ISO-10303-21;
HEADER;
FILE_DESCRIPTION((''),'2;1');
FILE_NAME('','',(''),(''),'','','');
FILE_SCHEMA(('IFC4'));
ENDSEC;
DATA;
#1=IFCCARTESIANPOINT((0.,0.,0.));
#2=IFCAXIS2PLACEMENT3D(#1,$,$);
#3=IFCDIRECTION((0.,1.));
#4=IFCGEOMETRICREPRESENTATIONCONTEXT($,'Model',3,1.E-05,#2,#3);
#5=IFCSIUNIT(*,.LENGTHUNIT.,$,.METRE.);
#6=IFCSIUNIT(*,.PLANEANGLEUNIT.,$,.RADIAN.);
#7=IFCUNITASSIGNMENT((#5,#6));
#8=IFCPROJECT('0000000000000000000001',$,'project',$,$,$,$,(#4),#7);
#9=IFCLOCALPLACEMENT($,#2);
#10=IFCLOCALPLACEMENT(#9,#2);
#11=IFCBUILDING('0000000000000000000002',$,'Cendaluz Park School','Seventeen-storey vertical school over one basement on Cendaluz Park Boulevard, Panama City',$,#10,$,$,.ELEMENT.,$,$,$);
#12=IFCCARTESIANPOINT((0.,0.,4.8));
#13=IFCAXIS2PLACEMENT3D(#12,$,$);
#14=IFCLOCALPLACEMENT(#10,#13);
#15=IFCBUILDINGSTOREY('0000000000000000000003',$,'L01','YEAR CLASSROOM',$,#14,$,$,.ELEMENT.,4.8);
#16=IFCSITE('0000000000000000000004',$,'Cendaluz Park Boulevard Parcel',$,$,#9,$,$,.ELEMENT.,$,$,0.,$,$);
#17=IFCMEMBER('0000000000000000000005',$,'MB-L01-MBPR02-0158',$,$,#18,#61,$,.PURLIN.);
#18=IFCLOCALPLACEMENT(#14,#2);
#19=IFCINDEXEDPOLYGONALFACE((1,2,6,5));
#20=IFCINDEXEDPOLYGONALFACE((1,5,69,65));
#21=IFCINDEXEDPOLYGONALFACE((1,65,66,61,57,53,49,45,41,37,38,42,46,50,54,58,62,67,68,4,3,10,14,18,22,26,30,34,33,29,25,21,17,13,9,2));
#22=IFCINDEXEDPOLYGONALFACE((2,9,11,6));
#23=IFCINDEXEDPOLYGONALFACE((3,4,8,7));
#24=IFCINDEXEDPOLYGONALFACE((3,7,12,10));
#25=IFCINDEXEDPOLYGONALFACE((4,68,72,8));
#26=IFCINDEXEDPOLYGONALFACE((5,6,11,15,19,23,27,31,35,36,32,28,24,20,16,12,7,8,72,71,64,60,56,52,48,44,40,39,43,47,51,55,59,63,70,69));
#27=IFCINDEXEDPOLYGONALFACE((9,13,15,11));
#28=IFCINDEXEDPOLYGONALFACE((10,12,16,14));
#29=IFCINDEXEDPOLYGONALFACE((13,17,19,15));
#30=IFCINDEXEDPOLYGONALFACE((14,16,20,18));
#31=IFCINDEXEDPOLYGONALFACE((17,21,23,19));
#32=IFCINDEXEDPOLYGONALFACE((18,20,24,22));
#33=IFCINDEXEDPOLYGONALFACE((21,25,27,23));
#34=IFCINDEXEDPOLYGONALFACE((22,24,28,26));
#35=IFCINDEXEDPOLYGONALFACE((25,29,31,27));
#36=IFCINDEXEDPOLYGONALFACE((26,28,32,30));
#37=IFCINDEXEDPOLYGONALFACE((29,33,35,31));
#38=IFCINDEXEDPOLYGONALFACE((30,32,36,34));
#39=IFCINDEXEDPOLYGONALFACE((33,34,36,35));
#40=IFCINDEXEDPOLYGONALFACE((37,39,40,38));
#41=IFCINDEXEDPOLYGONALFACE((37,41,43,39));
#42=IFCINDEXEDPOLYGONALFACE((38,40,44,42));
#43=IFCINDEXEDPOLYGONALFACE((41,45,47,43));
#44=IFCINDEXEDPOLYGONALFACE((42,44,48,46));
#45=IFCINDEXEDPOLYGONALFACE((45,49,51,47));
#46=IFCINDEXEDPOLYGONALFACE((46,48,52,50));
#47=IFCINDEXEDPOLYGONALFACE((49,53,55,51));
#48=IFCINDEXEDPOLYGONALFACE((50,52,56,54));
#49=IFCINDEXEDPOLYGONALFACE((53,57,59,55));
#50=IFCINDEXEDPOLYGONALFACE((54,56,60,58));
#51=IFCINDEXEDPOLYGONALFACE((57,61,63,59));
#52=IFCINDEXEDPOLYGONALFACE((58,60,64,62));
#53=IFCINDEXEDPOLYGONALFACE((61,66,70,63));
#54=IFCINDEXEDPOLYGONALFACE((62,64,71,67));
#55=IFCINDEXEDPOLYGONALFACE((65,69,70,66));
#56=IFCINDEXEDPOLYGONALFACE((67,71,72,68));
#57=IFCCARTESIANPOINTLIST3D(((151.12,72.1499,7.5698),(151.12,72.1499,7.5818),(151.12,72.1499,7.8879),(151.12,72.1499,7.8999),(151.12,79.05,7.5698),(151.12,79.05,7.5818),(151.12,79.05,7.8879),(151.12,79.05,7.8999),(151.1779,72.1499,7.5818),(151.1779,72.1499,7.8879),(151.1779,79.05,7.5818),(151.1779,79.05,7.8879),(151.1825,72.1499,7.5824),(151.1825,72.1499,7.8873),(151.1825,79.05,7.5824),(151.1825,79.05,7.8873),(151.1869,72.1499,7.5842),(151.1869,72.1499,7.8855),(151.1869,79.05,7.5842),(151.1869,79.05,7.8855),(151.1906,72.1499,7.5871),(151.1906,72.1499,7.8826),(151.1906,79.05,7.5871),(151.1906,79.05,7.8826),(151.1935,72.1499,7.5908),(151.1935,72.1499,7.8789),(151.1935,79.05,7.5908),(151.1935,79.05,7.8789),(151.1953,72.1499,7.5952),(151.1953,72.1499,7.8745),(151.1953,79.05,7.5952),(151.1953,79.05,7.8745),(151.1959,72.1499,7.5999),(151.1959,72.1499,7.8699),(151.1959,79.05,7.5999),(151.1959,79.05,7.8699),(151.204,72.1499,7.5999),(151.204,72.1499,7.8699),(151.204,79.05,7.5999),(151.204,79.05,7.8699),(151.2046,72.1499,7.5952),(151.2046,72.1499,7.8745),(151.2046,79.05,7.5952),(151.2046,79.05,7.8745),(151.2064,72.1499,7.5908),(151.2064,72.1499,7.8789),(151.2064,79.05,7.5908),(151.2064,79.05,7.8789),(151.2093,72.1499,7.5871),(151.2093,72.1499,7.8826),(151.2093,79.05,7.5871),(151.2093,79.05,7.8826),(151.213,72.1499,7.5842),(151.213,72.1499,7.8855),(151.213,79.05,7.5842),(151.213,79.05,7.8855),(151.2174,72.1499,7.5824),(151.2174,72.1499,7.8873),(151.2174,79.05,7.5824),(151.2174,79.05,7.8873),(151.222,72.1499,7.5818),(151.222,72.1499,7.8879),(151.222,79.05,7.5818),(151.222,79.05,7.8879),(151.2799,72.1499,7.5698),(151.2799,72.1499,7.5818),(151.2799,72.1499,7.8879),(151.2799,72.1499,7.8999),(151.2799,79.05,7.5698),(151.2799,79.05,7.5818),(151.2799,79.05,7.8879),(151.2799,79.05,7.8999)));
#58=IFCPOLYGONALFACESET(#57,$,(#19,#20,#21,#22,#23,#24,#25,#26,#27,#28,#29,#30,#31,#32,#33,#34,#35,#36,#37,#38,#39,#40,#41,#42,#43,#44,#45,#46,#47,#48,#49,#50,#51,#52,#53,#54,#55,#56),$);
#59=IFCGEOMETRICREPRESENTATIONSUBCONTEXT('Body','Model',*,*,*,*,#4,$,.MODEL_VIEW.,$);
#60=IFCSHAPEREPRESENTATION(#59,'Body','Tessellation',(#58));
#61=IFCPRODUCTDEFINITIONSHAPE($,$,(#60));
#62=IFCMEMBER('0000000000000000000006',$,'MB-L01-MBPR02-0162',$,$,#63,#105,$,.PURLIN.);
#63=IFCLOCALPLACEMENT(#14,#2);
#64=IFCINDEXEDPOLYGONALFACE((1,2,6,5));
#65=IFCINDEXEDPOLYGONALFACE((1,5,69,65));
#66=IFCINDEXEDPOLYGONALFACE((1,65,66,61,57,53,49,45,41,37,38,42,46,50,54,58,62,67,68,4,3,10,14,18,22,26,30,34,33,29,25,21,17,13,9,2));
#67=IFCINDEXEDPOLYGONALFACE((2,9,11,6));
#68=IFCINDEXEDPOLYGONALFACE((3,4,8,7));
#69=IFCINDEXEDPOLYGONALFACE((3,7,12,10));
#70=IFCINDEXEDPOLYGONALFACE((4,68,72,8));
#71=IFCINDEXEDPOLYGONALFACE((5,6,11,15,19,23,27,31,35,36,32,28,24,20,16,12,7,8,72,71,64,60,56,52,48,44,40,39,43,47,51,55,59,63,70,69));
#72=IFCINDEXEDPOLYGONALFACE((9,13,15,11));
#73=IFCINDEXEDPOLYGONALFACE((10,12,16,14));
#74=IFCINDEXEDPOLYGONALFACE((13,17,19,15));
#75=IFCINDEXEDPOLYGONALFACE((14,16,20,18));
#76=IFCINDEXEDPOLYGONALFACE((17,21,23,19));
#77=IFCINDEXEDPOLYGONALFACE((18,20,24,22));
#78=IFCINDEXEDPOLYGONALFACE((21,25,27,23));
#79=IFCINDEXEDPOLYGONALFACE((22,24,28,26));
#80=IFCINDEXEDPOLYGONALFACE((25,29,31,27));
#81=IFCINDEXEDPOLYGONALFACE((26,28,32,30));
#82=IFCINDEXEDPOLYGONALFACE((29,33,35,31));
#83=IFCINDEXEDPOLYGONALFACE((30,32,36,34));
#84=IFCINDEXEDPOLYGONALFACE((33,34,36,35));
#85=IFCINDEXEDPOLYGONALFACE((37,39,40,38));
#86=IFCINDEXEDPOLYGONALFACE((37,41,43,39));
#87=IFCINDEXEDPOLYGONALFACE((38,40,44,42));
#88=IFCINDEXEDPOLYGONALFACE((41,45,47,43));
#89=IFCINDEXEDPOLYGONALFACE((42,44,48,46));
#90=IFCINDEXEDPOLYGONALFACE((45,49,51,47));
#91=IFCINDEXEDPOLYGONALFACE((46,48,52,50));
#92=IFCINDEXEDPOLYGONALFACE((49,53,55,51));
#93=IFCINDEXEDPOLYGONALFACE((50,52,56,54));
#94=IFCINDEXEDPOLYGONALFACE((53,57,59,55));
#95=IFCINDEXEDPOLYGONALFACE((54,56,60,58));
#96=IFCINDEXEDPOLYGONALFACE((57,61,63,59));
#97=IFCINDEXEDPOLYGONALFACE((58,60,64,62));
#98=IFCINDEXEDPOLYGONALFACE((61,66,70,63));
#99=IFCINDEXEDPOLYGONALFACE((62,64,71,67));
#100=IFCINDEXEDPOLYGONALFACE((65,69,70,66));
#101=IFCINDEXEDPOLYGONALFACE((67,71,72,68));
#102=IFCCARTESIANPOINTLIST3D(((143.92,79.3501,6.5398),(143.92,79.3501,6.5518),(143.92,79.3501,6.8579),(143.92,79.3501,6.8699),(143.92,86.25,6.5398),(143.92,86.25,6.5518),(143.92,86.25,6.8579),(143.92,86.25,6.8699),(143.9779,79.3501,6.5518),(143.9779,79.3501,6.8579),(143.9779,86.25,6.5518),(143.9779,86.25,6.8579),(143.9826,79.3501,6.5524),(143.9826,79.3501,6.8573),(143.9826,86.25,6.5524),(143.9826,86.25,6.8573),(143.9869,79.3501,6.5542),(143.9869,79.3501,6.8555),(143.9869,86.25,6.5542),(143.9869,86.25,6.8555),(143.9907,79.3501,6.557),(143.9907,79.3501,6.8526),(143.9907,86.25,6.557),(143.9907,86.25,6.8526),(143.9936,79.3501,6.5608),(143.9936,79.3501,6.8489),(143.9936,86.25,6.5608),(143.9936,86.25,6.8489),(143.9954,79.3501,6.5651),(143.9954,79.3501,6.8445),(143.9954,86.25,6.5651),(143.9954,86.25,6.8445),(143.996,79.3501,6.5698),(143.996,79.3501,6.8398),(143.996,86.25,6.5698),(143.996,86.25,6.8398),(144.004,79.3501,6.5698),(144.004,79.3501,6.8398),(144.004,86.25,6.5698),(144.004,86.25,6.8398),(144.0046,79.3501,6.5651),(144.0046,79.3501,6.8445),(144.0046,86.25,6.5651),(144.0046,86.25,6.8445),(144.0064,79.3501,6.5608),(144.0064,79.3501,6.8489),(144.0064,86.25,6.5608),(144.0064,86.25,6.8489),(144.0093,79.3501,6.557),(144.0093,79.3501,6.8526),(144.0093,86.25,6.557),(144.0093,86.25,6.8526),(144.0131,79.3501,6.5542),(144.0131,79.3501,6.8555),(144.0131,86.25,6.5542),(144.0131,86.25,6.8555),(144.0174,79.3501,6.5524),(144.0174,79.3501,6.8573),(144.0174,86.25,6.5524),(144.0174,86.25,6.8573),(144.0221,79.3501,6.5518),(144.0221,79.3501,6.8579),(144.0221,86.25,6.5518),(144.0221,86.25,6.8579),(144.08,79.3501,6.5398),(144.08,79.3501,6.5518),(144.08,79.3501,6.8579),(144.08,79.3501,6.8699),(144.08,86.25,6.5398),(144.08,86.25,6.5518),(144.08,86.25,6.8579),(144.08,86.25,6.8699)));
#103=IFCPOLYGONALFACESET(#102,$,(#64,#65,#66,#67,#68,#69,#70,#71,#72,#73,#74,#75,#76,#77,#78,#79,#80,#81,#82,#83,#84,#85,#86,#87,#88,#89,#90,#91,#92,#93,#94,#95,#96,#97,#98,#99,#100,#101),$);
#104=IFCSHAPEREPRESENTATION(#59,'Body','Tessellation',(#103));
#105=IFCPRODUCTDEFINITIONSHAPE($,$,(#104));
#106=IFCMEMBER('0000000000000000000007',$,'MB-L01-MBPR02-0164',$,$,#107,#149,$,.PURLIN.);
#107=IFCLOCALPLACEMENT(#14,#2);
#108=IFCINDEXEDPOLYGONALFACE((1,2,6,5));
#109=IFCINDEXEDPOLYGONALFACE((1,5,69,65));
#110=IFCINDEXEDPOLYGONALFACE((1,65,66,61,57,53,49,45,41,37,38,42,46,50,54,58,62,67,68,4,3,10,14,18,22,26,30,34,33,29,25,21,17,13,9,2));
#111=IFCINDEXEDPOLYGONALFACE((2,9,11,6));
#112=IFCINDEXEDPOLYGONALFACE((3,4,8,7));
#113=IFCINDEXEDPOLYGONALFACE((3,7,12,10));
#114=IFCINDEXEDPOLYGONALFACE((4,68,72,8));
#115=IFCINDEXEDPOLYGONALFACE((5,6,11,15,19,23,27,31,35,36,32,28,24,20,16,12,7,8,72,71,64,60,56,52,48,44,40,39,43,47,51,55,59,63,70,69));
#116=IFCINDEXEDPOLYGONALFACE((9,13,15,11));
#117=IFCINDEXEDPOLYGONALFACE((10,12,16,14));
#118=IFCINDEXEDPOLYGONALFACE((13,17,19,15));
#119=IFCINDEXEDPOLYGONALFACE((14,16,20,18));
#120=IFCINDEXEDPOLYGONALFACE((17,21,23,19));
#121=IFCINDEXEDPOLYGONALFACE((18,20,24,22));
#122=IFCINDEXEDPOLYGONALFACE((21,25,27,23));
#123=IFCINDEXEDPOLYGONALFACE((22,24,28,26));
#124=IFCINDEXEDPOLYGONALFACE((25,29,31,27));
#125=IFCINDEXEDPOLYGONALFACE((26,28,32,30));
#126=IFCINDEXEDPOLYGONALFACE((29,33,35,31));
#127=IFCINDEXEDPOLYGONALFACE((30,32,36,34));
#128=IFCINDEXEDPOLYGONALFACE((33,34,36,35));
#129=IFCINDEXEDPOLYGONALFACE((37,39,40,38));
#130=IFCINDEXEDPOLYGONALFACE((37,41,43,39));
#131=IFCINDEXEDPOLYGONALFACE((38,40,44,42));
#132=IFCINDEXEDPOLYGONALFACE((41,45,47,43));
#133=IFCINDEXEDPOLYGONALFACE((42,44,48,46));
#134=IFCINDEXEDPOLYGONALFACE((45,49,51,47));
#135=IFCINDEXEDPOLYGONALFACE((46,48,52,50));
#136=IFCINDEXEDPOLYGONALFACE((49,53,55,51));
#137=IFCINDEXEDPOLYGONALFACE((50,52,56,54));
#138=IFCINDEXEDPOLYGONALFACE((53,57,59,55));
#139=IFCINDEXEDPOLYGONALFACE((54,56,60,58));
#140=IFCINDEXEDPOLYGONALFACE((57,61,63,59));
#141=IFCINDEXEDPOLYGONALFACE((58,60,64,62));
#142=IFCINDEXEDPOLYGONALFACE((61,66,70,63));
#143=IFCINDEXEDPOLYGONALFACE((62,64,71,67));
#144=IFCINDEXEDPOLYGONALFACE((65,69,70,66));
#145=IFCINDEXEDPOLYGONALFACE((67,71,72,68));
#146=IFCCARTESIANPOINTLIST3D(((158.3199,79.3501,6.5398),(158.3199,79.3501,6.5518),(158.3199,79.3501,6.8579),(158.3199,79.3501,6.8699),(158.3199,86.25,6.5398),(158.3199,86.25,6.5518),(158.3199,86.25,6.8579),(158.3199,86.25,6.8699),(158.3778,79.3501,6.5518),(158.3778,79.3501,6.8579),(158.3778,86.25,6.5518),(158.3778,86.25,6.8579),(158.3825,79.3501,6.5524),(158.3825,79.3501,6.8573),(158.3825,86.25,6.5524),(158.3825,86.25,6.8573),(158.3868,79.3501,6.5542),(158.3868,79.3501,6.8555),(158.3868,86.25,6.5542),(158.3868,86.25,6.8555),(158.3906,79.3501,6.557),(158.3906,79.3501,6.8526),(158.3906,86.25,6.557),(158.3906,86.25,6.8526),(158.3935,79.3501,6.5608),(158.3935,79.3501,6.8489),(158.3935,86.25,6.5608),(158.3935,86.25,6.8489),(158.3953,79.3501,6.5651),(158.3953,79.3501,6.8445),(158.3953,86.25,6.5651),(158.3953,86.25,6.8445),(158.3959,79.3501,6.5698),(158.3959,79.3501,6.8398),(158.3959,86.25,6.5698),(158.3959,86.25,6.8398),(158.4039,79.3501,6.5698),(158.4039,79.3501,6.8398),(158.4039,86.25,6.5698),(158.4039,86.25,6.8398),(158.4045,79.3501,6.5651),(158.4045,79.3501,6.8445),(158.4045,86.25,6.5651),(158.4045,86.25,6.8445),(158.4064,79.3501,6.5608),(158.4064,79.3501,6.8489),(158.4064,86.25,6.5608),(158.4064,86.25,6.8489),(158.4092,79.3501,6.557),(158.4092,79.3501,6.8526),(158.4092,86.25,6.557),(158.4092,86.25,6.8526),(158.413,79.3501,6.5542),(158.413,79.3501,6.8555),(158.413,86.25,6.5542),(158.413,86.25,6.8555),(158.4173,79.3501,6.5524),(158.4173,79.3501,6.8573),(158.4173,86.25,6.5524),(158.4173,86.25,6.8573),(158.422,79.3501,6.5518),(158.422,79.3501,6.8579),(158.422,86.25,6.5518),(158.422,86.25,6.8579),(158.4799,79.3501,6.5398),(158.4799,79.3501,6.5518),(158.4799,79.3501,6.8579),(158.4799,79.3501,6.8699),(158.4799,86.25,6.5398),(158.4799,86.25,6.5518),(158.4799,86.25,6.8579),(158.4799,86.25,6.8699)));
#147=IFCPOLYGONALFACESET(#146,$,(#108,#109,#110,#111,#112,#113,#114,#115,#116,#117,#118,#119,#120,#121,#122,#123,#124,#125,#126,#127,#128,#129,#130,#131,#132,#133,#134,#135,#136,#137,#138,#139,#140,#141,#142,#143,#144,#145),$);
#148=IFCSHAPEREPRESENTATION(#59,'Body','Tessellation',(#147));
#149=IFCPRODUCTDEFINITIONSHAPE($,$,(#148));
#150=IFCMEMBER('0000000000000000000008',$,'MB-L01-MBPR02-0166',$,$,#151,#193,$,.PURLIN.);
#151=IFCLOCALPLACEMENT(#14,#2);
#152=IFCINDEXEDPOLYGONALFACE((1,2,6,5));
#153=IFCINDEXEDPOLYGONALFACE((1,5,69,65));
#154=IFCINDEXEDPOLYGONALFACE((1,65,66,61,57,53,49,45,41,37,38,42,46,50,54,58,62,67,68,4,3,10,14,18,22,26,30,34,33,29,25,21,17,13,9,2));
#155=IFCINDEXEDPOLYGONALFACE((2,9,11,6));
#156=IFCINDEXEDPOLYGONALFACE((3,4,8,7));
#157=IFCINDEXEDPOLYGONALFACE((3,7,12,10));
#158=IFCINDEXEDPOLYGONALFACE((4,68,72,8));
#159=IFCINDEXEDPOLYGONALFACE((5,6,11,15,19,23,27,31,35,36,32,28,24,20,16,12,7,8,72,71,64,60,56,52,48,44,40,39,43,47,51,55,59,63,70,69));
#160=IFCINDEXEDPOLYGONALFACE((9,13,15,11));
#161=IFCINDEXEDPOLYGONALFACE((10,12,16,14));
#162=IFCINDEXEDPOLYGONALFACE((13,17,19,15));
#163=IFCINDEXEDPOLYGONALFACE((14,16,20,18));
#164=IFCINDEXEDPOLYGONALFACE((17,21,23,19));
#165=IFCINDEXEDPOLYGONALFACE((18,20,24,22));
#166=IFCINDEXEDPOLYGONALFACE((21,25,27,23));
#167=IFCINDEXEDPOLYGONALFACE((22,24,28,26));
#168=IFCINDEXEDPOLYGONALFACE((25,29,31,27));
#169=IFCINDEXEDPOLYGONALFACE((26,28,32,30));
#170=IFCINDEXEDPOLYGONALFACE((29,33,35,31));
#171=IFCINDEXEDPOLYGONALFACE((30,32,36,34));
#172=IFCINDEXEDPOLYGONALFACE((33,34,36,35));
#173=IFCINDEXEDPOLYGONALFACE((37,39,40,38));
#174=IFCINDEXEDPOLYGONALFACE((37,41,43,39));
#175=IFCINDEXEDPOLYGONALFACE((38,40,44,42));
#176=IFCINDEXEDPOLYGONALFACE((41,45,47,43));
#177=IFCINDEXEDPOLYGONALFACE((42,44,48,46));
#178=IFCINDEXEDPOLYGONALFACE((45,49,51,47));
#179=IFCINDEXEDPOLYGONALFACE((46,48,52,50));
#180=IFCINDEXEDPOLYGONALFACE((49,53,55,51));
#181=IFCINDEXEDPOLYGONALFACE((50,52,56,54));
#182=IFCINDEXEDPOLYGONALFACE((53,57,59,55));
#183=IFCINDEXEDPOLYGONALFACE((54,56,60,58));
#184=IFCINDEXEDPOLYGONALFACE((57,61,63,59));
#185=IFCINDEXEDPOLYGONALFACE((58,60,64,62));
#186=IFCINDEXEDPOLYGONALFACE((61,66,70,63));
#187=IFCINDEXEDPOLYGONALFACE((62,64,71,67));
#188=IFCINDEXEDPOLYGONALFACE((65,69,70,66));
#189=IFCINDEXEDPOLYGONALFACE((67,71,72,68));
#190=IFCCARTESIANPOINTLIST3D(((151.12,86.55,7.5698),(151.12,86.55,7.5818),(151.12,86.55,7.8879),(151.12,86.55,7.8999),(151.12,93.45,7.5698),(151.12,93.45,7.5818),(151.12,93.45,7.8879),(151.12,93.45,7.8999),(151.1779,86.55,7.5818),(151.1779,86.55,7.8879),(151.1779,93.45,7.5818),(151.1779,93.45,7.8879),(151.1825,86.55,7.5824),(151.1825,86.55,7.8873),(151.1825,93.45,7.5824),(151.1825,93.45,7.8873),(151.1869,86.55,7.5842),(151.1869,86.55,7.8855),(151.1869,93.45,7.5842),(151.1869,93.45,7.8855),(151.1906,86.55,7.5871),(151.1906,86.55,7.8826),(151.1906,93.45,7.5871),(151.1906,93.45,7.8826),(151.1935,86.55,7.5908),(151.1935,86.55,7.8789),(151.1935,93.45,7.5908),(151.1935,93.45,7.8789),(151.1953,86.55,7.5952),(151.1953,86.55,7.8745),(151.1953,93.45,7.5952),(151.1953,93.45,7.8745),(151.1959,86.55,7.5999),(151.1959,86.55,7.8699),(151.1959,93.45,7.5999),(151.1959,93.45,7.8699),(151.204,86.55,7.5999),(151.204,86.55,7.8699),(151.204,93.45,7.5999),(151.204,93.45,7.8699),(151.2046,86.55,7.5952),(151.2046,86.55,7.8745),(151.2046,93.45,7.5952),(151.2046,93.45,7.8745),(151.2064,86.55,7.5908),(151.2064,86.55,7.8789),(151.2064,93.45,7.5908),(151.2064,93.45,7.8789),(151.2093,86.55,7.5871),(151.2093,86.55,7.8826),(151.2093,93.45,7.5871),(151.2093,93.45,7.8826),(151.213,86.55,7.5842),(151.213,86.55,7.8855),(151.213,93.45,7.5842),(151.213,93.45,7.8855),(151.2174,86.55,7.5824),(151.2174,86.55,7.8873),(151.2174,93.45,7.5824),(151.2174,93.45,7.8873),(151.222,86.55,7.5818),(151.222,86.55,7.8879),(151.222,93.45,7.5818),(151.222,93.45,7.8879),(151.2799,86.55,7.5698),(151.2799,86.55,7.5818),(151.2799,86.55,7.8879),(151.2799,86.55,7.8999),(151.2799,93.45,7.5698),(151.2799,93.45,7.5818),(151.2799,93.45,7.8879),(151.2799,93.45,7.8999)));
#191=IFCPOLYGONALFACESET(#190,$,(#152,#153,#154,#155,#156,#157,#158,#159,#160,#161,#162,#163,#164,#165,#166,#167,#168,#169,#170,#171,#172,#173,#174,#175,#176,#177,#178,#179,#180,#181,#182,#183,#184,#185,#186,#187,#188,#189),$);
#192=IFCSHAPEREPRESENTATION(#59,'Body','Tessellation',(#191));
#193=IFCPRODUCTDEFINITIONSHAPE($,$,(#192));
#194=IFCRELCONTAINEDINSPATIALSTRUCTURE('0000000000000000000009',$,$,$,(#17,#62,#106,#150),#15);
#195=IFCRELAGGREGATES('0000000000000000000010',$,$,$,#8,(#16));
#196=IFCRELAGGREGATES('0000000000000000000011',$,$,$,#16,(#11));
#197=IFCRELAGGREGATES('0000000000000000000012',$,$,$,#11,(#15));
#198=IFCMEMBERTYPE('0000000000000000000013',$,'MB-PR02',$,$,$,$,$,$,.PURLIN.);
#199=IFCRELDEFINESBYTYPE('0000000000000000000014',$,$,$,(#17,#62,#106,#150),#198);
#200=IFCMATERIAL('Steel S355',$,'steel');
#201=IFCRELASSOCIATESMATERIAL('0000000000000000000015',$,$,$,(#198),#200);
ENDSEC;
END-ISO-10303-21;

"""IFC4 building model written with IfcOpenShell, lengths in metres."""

from ifc_helpers import new_model, si_unit, direction, frame, origin, origin_2d, place, context, subcontext, project, spatial, i_section, extrude, material, material_profile, profile_set, type_object, element, save


model = new_model("IFC4")

# Units and contexts
model_context = context("Model", 3, precision=1e-05, world=origin(), true_north=direction((0.0, 1.0)))
body_context = subcontext(model_context, "Body", "Model", "MODEL_VIEW")
ifc_project = project(units=[si_unit("LENGTHUNIT", "METRE"), si_unit("PLANEANGLEUNIT", "RADIAN")], contexts=[model_context])

# Site, building, storey
site_placement = place(None, origin())
site = spatial("IfcSite", under=ifc_project, at=site_placement, Name="Cendaluz Park Boulevard Parcel", CompositionType="ELEMENT", RefElevation=0.0)
building_placement = place(site_placement, origin())
building = spatial("IfcBuilding", under=site, at=building_placement, Name="Cendaluz Park School", Description="Seventeen-storey vertical school over one basement on Cendaluz Park Boulevard, Panama City", CompositionType="ELEMENT")
storey_placement = place(building_placement, frame((0.0, 0.0, 4.8)))
storey = spatial("IfcBuildingStorey", under=building, at=storey_placement, Name="L01", Description="YEAR CLASSROOM", CompositionType="ELEMENT", Elevation=4.8)

# Members
ifc_material_1 = material(Name="Steel S355", Category="steel")
ifc_material_profile_1 = material_profile(ifc_material_1, i_section(OverallWidth=0.1599, OverallDepth=0.3301, WebThickness=0.0081, FlangeThickness=0.012, FilletRadius=0.0181, at=origin_2d()), Name="IPE 330", Category="steel")
ifc_profile_set_1 = profile_set([ifc_material_profile_1], Name="Steel S355")
member_type_1 = type_object("IfcMemberType", Name="MB-PR02", PredefinedType="PURLIN", material=ifc_profile_set_1)
member_1_placement = place(storey_placement, frame((151.2, 72.1499, 7.7349), z_axis=(0.0, 1.0, 0.0), x_axis=(-1.0, 0.0, 0.0)))
element("IfcMember", 1, at=member_1_placement, inside=storey, type_object=member_type_1, Name="MB-L01-MBPR02-0158", PredefinedType="PURLIN", context=body_context, shape_type="SweptSolid", body=[
    extrude(i_section(OverallWidth=0.1599, OverallDepth=0.3301, WebThickness=0.0081, FlangeThickness=0.012, FilletRadius=0.0181, at=origin_2d()), origin(), (0.0, 0.0, 1.0), 6.9001),
])
for number, where, z_axis, x_axis, name in (
    (2, (144.0, 79.3501, 6.7048), (0.0, 1.0, 0.0), (-1.0, 0.0, 0.0), "MB-L01-MBPR02-0162"),
    (3, (158.3999, 79.3501, 6.7048), (0.0, 1.0, 0.0), (-1.0, 0.0, 0.0), "MB-L01-MBPR02-0164"),
    (4, (151.2, 86.55, 7.7349), (0.0, 1.0, 0.0), (-1.0, 0.0, 0.0), "MB-L01-MBPR02-0166"),
):
    element("IfcMember", number, at=place(storey_placement, frame(where, z_axis=z_axis, x_axis=x_axis)), inside=storey, type_object=member_type_1, Name=name, PredefinedType="PURLIN", context=body_context, shape_type="SweptSolid", body=[
        extrude(i_section(OverallWidth=0.1599, OverallDepth=0.3301, WebThickness=0.0081, FlangeThickness=0.012, FilletRadius=0.0181, at=origin_2d()), origin(), (0.0, 0.0, 1.0), 6.8999),
    ])

save(model, "model.ifc")
